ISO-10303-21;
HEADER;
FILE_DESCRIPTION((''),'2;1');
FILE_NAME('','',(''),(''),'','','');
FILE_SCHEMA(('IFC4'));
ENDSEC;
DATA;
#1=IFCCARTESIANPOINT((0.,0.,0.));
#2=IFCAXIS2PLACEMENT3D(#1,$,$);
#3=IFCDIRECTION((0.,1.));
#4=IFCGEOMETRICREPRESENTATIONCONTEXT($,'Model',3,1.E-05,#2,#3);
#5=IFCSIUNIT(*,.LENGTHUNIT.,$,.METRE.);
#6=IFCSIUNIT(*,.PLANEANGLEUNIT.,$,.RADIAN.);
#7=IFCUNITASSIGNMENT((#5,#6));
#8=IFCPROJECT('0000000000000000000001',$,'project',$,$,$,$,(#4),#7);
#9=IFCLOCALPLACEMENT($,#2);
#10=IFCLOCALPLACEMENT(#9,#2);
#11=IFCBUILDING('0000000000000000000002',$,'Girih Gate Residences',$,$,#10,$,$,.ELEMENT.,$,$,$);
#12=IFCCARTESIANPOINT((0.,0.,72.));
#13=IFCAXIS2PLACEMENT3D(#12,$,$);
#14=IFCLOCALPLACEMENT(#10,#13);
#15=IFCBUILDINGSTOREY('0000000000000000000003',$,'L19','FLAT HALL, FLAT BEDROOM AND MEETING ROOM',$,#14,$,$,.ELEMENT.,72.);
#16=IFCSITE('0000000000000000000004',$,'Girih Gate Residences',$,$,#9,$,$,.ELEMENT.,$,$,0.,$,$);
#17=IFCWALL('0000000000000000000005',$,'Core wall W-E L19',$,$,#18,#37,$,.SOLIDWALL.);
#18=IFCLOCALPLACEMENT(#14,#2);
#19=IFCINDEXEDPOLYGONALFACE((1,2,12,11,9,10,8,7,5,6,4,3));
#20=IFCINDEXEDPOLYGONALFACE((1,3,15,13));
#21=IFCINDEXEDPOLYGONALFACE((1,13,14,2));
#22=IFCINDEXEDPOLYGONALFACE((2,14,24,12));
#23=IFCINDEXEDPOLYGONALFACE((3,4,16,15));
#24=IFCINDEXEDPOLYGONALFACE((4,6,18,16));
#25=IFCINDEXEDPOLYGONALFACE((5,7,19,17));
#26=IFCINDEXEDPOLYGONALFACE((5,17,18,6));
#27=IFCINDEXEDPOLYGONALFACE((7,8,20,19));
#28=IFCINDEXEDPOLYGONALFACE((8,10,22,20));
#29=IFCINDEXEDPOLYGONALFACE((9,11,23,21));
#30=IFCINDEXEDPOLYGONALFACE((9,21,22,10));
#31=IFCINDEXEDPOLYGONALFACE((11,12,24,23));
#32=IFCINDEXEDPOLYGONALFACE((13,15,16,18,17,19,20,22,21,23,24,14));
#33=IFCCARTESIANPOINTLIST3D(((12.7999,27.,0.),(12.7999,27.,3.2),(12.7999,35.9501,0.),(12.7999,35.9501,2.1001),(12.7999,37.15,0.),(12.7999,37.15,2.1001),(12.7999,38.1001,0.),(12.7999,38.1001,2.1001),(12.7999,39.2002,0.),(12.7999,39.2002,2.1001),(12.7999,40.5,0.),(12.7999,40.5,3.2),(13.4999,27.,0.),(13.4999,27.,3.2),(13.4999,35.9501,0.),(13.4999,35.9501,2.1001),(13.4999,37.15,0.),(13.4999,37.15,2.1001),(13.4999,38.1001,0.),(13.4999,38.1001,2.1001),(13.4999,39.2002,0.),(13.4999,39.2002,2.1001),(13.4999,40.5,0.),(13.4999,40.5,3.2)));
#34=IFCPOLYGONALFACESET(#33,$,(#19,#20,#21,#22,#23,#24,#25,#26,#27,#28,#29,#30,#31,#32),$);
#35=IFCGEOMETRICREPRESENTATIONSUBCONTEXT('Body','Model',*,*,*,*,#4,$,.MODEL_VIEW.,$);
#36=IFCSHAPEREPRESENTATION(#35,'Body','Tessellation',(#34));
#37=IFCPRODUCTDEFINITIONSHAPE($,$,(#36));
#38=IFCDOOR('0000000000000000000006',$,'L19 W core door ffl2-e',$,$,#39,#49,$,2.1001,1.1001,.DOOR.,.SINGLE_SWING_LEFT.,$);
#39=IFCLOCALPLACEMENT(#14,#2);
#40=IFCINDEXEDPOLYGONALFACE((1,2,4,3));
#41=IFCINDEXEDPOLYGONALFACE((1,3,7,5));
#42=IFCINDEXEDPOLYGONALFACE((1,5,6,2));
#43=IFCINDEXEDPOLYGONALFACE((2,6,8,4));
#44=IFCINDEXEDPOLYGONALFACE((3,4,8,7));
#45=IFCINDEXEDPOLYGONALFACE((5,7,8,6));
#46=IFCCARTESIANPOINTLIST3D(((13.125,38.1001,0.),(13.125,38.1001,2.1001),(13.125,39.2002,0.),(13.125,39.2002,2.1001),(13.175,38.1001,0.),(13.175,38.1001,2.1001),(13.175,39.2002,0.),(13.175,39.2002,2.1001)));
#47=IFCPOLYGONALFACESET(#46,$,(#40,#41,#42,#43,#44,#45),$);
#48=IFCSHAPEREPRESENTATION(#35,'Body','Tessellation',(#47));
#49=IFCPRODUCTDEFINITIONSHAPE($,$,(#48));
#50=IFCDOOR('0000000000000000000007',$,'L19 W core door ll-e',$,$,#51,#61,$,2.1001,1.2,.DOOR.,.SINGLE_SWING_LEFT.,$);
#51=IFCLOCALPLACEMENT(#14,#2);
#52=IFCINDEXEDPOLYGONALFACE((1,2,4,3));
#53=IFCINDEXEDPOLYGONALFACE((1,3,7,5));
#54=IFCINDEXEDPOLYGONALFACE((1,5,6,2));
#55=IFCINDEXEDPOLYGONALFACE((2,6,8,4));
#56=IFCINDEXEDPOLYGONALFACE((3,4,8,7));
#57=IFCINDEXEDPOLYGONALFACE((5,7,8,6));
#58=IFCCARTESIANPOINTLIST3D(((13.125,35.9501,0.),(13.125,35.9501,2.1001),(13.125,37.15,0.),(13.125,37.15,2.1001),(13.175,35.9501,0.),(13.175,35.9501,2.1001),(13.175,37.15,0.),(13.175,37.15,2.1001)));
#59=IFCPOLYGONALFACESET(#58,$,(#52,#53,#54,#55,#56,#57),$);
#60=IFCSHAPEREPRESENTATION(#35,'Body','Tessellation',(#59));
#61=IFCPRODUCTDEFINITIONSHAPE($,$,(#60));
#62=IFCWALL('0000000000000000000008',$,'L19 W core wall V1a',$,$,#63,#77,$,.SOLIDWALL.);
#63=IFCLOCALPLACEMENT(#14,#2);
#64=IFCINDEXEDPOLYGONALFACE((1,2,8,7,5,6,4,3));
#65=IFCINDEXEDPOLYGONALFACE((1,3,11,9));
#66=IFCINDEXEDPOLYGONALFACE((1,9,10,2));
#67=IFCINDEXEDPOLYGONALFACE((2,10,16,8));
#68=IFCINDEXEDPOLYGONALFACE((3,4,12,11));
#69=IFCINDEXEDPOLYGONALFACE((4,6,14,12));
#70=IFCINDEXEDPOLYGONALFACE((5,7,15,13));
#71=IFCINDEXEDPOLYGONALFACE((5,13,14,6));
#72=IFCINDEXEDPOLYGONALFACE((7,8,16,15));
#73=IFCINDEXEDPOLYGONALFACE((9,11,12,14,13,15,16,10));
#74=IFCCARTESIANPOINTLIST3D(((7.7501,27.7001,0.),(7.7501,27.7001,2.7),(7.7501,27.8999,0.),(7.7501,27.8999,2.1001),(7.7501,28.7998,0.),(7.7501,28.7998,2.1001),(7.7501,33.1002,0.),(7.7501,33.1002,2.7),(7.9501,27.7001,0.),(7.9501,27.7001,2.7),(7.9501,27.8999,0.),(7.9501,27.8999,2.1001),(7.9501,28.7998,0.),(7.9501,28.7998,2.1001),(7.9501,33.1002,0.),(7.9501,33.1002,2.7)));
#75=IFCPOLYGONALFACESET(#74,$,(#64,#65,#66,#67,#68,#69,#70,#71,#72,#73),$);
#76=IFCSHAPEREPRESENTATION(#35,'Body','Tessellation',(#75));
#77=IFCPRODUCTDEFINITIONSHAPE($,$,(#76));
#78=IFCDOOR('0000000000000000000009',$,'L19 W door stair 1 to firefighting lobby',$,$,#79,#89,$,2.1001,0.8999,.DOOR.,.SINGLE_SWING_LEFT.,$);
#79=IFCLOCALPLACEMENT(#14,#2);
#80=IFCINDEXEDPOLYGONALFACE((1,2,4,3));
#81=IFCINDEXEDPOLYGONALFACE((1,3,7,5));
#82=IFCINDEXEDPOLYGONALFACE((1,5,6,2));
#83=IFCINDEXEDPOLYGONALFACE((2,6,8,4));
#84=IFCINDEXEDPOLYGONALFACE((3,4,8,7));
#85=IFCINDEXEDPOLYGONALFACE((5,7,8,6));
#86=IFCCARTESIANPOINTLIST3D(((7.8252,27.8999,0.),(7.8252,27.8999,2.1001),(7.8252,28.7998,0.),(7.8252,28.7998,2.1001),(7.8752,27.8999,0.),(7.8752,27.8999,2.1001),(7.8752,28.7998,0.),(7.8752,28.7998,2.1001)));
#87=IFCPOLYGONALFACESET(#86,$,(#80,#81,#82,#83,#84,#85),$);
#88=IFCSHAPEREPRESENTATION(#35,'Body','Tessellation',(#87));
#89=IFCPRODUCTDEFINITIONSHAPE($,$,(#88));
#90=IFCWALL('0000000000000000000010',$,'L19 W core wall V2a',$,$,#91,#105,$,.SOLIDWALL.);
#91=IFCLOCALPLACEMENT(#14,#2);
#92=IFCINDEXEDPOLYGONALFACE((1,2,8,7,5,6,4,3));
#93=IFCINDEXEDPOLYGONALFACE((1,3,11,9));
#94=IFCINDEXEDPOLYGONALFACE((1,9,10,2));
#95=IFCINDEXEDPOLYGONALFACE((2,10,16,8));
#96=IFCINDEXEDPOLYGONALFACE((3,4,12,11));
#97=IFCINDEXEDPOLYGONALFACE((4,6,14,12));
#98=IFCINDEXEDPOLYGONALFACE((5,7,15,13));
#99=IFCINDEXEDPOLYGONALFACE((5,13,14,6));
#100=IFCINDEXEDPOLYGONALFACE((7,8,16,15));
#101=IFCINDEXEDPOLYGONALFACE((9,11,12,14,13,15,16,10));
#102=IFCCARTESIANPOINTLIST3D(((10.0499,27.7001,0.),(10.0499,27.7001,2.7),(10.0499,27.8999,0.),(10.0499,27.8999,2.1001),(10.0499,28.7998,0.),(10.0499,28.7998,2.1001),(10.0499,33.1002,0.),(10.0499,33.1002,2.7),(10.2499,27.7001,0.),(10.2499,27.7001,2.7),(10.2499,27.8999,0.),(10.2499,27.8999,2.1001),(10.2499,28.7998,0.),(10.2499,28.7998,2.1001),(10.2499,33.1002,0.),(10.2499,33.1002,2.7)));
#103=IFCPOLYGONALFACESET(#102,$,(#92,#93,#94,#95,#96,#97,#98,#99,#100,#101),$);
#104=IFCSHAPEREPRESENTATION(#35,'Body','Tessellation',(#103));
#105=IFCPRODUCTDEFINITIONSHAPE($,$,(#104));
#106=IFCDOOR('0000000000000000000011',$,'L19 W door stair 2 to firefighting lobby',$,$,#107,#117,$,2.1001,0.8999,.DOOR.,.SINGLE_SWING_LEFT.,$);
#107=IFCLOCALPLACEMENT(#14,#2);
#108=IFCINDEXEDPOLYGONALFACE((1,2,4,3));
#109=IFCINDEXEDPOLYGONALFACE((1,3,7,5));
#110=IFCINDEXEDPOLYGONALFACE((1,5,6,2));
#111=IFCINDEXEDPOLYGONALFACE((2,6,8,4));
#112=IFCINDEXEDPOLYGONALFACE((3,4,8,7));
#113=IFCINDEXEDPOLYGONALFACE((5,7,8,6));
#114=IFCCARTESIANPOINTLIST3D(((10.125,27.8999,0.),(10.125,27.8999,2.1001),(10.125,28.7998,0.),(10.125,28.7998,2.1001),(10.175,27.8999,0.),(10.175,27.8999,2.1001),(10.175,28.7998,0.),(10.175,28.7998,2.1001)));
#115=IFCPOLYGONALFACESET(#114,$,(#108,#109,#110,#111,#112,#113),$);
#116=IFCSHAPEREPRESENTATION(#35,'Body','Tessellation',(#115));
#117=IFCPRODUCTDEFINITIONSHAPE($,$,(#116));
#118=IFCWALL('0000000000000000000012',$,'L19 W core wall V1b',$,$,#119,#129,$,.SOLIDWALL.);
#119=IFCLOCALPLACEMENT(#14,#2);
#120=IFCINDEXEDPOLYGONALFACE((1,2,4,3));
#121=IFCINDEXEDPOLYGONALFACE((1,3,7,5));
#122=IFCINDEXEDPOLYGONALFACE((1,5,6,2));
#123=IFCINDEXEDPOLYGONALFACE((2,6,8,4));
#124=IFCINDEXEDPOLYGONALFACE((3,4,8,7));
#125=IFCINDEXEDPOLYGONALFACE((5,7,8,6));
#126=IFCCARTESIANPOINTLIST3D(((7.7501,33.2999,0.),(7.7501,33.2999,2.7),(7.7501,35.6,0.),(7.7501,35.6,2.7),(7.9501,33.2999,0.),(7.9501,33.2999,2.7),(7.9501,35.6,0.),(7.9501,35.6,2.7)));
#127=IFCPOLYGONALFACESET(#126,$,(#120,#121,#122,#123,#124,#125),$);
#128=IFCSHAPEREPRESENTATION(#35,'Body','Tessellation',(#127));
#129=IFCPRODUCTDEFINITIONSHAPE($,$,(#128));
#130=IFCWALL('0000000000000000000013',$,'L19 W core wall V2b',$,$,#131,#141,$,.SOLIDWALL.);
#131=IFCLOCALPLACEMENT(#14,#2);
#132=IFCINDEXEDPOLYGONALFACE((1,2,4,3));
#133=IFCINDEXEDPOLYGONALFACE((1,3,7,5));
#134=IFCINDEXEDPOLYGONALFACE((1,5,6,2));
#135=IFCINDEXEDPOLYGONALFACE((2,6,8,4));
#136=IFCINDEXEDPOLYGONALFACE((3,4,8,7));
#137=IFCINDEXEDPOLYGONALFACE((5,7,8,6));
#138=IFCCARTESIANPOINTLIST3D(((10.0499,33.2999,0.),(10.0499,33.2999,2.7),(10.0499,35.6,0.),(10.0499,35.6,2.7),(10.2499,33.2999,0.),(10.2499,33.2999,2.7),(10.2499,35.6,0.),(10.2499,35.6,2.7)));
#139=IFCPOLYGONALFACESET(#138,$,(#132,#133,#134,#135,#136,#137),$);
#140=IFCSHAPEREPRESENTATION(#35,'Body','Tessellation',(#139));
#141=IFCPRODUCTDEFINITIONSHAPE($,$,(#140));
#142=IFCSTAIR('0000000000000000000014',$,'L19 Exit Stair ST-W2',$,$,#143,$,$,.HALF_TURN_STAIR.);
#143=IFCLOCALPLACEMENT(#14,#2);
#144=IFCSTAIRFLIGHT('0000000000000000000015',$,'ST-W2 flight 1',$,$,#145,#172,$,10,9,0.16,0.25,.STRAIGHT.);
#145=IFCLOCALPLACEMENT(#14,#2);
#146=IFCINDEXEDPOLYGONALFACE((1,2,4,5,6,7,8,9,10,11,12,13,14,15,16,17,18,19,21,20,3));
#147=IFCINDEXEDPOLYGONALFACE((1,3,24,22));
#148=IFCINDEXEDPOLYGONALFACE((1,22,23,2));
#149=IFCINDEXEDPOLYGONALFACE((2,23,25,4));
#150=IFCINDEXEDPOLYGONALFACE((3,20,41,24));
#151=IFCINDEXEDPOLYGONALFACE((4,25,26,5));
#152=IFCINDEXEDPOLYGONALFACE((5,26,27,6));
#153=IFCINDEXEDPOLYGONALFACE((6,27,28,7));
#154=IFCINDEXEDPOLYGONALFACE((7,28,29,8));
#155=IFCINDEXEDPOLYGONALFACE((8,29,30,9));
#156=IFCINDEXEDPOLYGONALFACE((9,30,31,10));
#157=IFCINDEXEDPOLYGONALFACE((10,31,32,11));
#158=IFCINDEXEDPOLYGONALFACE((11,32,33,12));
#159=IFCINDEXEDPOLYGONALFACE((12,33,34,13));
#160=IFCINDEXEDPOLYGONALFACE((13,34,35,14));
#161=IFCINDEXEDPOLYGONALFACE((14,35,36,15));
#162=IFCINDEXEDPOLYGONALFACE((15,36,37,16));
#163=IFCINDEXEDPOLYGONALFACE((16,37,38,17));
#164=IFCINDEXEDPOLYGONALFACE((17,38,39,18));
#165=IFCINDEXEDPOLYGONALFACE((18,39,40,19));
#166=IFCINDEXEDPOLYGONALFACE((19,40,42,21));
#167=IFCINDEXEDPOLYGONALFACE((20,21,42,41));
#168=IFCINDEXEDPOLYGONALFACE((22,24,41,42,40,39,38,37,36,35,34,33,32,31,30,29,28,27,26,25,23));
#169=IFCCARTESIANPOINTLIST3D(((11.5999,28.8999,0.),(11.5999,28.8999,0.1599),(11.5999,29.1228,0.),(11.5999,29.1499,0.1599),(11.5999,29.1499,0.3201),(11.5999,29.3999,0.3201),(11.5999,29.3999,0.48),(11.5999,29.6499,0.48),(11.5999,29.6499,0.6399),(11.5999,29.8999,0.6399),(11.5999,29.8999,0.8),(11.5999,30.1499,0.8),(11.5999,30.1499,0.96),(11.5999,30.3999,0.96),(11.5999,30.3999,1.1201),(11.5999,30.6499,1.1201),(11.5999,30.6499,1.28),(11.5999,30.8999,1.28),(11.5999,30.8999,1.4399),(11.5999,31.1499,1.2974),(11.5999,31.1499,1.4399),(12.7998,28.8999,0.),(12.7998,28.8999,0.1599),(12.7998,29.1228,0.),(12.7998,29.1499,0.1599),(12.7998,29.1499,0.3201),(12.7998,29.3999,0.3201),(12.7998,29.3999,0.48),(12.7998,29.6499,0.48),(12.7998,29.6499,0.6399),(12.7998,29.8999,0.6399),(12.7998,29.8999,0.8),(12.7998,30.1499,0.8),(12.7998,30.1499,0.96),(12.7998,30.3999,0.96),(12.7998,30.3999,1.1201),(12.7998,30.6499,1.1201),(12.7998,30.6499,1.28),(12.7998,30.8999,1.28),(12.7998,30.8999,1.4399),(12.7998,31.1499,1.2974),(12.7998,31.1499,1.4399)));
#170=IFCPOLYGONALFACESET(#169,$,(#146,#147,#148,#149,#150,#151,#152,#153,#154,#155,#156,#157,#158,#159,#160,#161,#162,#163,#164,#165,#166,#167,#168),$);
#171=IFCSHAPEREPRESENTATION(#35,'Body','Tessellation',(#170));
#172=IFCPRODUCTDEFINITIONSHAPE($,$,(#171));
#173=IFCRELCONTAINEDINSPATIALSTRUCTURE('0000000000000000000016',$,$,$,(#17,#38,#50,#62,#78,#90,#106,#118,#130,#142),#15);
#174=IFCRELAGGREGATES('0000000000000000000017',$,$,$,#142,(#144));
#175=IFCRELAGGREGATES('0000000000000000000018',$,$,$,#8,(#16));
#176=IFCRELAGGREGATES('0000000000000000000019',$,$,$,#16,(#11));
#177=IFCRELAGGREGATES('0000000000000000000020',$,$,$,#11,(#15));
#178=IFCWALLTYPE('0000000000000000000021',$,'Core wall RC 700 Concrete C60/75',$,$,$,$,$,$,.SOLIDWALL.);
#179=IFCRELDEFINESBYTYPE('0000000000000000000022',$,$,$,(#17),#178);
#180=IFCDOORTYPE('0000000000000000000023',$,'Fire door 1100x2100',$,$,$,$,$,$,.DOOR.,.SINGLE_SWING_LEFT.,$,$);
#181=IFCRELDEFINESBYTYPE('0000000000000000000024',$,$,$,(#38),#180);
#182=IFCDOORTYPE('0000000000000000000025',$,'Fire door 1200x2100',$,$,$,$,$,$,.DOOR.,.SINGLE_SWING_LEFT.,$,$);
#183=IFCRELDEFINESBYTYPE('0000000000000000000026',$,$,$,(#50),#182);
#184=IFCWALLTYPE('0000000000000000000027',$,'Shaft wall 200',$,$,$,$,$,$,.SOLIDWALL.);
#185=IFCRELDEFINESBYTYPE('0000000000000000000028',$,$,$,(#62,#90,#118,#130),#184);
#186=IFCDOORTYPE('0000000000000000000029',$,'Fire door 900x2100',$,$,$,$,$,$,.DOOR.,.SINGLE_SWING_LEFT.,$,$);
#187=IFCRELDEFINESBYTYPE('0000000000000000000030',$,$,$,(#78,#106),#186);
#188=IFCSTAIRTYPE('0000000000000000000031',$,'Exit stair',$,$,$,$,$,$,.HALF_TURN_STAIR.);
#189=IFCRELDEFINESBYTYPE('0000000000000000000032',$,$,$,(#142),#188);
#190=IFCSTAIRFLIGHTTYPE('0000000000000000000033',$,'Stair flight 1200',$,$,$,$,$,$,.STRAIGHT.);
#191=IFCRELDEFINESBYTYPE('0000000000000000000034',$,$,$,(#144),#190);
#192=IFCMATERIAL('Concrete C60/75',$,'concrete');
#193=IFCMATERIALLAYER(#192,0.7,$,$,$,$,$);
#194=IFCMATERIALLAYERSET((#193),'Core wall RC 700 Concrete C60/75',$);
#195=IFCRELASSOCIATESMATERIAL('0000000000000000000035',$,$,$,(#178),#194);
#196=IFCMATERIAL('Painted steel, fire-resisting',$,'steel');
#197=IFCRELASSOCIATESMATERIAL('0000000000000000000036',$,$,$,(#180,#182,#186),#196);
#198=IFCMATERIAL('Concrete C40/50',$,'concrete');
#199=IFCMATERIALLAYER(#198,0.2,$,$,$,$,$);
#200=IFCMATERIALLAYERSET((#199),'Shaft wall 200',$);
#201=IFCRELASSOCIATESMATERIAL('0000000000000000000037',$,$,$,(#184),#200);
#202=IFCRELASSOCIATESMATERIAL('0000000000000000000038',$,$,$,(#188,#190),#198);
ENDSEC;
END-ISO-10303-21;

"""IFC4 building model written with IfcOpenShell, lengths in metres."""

from ifc_helpers import new_model, si_unit, direction, frame, frame_2d, origin, place, context, subcontext, project, spatial, polyline, rectangle, outline, extrude, material, layer, layer_set, type_object, element, fill, aggregate, save


model = new_model("IFC4")

# Units and contexts
model_context = context("Model", 3, precision=1e-05, world=origin(), true_north=direction((0.0, 1.0)))
body_context = subcontext(model_context, "Body", "Model", "MODEL_VIEW")
ifc_project = project(units=[si_unit("LENGTHUNIT", "METRE"), si_unit("PLANEANGLEUNIT", "RADIAN")], contexts=[model_context])

# Site, building, storey
site_placement = place(None, origin())
site = spatial("IfcSite", under=ifc_project, at=site_placement, Name="Girih Gate Residences", CompositionType="ELEMENT", RefElevation=0.0)
building_placement = place(site_placement, origin())
building = spatial("IfcBuilding", under=site, at=building_placement, Name="Girih Gate Residences", CompositionType="ELEMENT")
storey_placement = place(building_placement, frame((0.0, 0.0, 72.0)))
storey = spatial("IfcBuildingStorey", under=building, at=storey_placement, Name="L19", Description="FLAT HALL, FLAT BEDROOM AND MEETING ROOM", CompositionType="ELEMENT", Elevation=72.0)

# Shared definitions
ifc_material_1 = material(Name="Concrete C60/75", Category="concrete")

# Wall, openings, doors
ifc_layer_1 = layer(ifc_material_1, 0.7)
ifc_layer_set_1 = layer_set([ifc_layer_1], Name="Core wall RC 700 Concrete C60/75")
wall_type_1 = type_object("IfcWallType", Name="Core wall RC 700 Concrete C60/75", PredefinedType="SOLIDWALL", material=ifc_layer_set_1)
wall_1_placement = place(storey_placement, frame((13.1499, 27.0, 0.0), z_axis=(0.0, 0.0, 1.0), x_axis=(0.0, 1.0, 0.0)))
wall_1 = element("IfcWall", 1, at=wall_1_placement, inside=storey, type_object=wall_type_1, Name="Core wall W-E L19", PredefinedType="SOLIDWALL", context=body_context, shape_type="SweptSolid", body=[
    extrude(rectangle(XDim=13.5, YDim=0.7, at=frame_2d((6.75, 0.0))), origin(), (0.0, 0.0, 1.0), 3.2),
])
opening_1_placement = place(wall_1_placement, frame((11.1001, 0.0, 0.0)))
opening_1 = element("IfcOpeningElement", 2, at=opening_1_placement, cuts=wall_1, PredefinedType="OPENING", context=body_context, shape_type="SweptSolid", body=[
    extrude(rectangle(XDim=1.1001, YDim=2.1001, at=frame_2d((0.55, 1.05))), frame((0.0, 0.3599, 0.0), z_axis=(0.0, -1.0, 0.0), x_axis=(1.0, 0.0, 0.0)), (0.0, 0.0, 1.0), 0.72),
])
opening_2_placement = place(wall_1_placement, frame((8.95, 0.0, 0.0)))
opening_2 = element("IfcOpeningElement", 3, at=opening_2_placement, cuts=wall_1, PredefinedType="OPENING", context=body_context, shape_type="SweptSolid", body=[
    extrude(rectangle(XDim=1.2, YDim=2.1001, at=frame_2d((0.6001, 1.05))), frame((0.0, 0.3599, 0.0), z_axis=(0.0, -1.0, 0.0), x_axis=(1.0, 0.0, 0.0)), (0.0, 0.0, 1.0), 0.72),
])
ifc_material_2 = material(Name="Painted steel, fire-resisting", Category="steel")
door_type_1 = type_object("IfcDoorType", Name="Fire door 1100x2100", OperationType="SINGLE_SWING_LEFT", PredefinedType="DOOR", material=ifc_material_2)
door_1_placement = place(opening_1_placement, origin())
door_1 = element("IfcDoor", 4, at=door_1_placement, inside=storey, type_object=door_type_1, Name="L19 W core door ffl2-e", OperationType="SINGLE_SWING_LEFT", OverallHeight=2.1001, OverallWidth=1.1001, PredefinedType="DOOR", context=body_context, shape_type="SweptSolid", body=[
    extrude(rectangle(XDim=1.1001, YDim=2.1001, at=frame_2d((0.55, 1.05))), frame((0.0, 0.0249, 0.0), z_axis=(0.0, -1.0, 0.0), x_axis=(1.0, 0.0, 0.0)), (0.0, 0.0, 1.0), 0.05),
])
fill(opening_1, door_1)
door_type_2 = type_object("IfcDoorType", Name="Fire door 1200x2100", OperationType="SINGLE_SWING_LEFT", PredefinedType="DOOR", material=ifc_material_2)
door_2_placement = place(opening_2_placement, origin())
door_2 = element("IfcDoor", 5, at=door_2_placement, inside=storey, type_object=door_type_2, Name="L19 W core door ll-e", OperationType="SINGLE_SWING_LEFT", OverallHeight=2.1001, OverallWidth=1.2, PredefinedType="DOOR", context=body_context, shape_type="SweptSolid", body=[
    extrude(rectangle(XDim=1.2, YDim=2.1001, at=frame_2d((0.6001, 1.05))), frame((0.0, 0.0249, 0.0), z_axis=(0.0, -1.0, 0.0), x_axis=(1.0, 0.0, 0.0)), (0.0, 0.0, 1.0), 0.05),
])
fill(opening_2, door_2)

# Walls, openings, doors
ifc_material_3 = material(Name="Concrete C40/50", Category="concrete")
ifc_layer_2 = layer(ifc_material_3, 0.2)
ifc_layer_set_2 = layer_set([ifc_layer_2], Name="Shaft wall 200")
wall_type_2 = type_object("IfcWallType", Name="Shaft wall 200", PredefinedType="SOLIDWALL", material=ifc_layer_set_2)
wall_2_placement = place(storey_placement, frame((7.8501, 27.7, 0.0), z_axis=(0.0, 0.0, 1.0), x_axis=(0.0, 1.0, 0.0)))
wall_2 = element("IfcWall", 6, at=wall_2_placement, inside=storey, type_object=wall_type_2, Name="L19 W core wall V1a", PredefinedType="SOLIDWALL", context=body_context, shape_type="SweptSolid", body=[
    extrude(rectangle(XDim=5.4001, YDim=0.2, at=frame_2d((2.7002, 0.0))), origin(), (0.0, 0.0, 1.0), 2.7),
])
opening_3_placement = place(wall_2_placement, frame((0.2, 0.0, 0.0)))
opening_3 = element("IfcOpeningElement", 7, at=opening_3_placement, cuts=wall_2, PredefinedType="OPENING", context=body_context, shape_type="SweptSolid", body=[
    extrude(rectangle(XDim=0.8999, YDim=2.1001, at=frame_2d((0.45, 1.05))), frame((0.0, 0.1099, 0.0), z_axis=(0.0, -1.0, 0.0), x_axis=(1.0, 0.0, 0.0)), (0.0, 0.0, 1.0), 0.22),
])
door_type_3 = type_object("IfcDoorType", Name="Fire door 900x2100", OperationType="SINGLE_SWING_LEFT", PredefinedType="DOOR", material=ifc_material_2)
door_3_placement = place(opening_3_placement, origin())
door_3 = element("IfcDoor", 8, at=door_3_placement, inside=storey, type_object=door_type_3, Name="L19 W door stair 1 to firefighting lobby", OperationType="SINGLE_SWING_LEFT", OverallHeight=2.1001, OverallWidth=0.8999, PredefinedType="DOOR", context=body_context, shape_type="SweptSolid", body=[
    extrude(rectangle(XDim=0.8999, YDim=2.1001, at=frame_2d((0.45, 1.05))), frame((0.0, 0.0249, 0.0), z_axis=(0.0, -1.0, 0.0), x_axis=(1.0, 0.0, 0.0)), (0.0, 0.0, 1.0), 0.05),
])
fill(opening_3, door_3)
wall_3_placement = place(storey_placement, frame((10.1499, 27.7, 0.0), z_axis=(0.0, 0.0, 1.0), x_axis=(0.0, 1.0, 0.0)))
wall_3 = element("IfcWall", 9, at=wall_3_placement, inside=storey, type_object=wall_type_2, Name="L19 W core wall V2a", PredefinedType="SOLIDWALL", context=body_context, shape_type="SweptSolid", body=[
    extrude(rectangle(XDim=5.4001, YDim=0.2, at=frame_2d((2.7002, 0.0))), origin(), (0.0, 0.0, 1.0), 2.7),
])
opening_4_placement = place(wall_3_placement, frame((0.2, 0.0, 0.0)))
opening_4 = element("IfcOpeningElement", 10, at=opening_4_placement, cuts=wall_3, PredefinedType="OPENING", context=body_context, shape_type="SweptSolid", body=[
    extrude(rectangle(XDim=0.8999, YDim=2.1001, at=frame_2d((0.45, 1.05))), frame((0.0, 0.1099, 0.0), z_axis=(0.0, -1.0, 0.0), x_axis=(1.0, 0.0, 0.0)), (0.0, 0.0, 1.0), 0.22),
])
door_4_placement = place(opening_4_placement, origin())
door_4 = element("IfcDoor", 11, at=door_4_placement, inside=storey, type_object=door_type_3, Name="L19 W door stair 2 to firefighting lobby", OperationType="SINGLE_SWING_LEFT", OverallHeight=2.1001, OverallWidth=0.8999, PredefinedType="DOOR", context=body_context, shape_type="SweptSolid", body=[
    extrude(rectangle(XDim=0.8999, YDim=2.1001, at=frame_2d((0.45, 1.05))), frame((0.0, 0.0249, 0.0), z_axis=(0.0, -1.0, 0.0), x_axis=(1.0, 0.0, 0.0)), (0.0, 0.0, 1.0), 0.05),
])
fill(opening_4, door_4)

# Walls
for number, where, z_axis, x_axis, name in (
    (12, (7.8501, 33.3, 0.0), (0.0, 0.0, 1.0), (0.0, 1.0, 0.0), "L19 W core wall V1b"),
    (13, (10.1499, 33.3, 0.0), (0.0, 0.0, 1.0), (0.0, 1.0, 0.0), "L19 W core wall V2b"),
):
    element("IfcWall", number, at=place(storey_placement, frame(where, z_axis=z_axis, x_axis=x_axis)), inside=storey, type_object=wall_type_2, Name=name, PredefinedType="SOLIDWALL", context=body_context, shape_type="SweptSolid", body=[
        extrude(rectangle(XDim=2.3, YDim=0.2, at=frame_2d((1.1499, 0.0))), origin(), (0.0, 0.0, 1.0), 2.7),
    ])

# Stair, stair flight
stair_type = type_object("IfcStairType", Name="Exit stair", PredefinedType="HALF_TURN_STAIR", material=ifc_material_3)
stair_placement = place(storey_placement, origin())
stair = element("IfcStair", 14, at=stair_placement, inside=storey, type_object=stair_type, Name="L19 Exit Stair ST-W2", PredefinedType="HALF_TURN_STAIR")
stair_flight_type = type_object("IfcStairFlightType", Name="Stair flight 1200", PredefinedType="STRAIGHT", material=ifc_material_3)
stair_flight_1_placement = place(storey_placement, frame((12.2, 28.8999, 0.0), z_axis=(0.0, 0.0, 1.0), x_axis=(0.0, 1.0, 0.0)))
stair_flight_1 = element("IfcStairFlight", 15, at=stair_flight_1_placement, type_object=stair_flight_type, Name="ST-W2 flight 1", NumberOfRisers=10, NumberOfTreads=9, PredefinedType="STRAIGHT", RiserHeight=0.16, TreadLength=0.25, context=body_context, shape_type="SweptSolid", body=[
    extrude(outline(polyline([(0.0, 0.0), (0.0, 0.1599), (0.25, 0.1599), (0.25, 0.3201), (0.5, 0.3201), (0.5, 0.48), (0.75, 0.48), (0.75, 0.6399), (1.0, 0.6399), (1.0, 0.8), (1.25, 0.8), (1.25, 0.96), (1.5, 0.96), (1.5, 1.1201), (1.75, 1.1201), (1.75, 1.28), (2.0, 1.28), (2.0, 1.4399), (2.25, 1.4399), (2.25, 1.6001), (2.25, 1.2974), (0.2229, 0.0), (0.0, 0.0)])), frame((0.0, 0.6001, 0.0), z_axis=(0.0, -1.0, 0.0), x_axis=(1.0, 0.0, 0.0)), (0.0, 0.0, 1.0), 1.2),
])
aggregate(stair, [stair_flight_1])

save(model, "model.ifc")
